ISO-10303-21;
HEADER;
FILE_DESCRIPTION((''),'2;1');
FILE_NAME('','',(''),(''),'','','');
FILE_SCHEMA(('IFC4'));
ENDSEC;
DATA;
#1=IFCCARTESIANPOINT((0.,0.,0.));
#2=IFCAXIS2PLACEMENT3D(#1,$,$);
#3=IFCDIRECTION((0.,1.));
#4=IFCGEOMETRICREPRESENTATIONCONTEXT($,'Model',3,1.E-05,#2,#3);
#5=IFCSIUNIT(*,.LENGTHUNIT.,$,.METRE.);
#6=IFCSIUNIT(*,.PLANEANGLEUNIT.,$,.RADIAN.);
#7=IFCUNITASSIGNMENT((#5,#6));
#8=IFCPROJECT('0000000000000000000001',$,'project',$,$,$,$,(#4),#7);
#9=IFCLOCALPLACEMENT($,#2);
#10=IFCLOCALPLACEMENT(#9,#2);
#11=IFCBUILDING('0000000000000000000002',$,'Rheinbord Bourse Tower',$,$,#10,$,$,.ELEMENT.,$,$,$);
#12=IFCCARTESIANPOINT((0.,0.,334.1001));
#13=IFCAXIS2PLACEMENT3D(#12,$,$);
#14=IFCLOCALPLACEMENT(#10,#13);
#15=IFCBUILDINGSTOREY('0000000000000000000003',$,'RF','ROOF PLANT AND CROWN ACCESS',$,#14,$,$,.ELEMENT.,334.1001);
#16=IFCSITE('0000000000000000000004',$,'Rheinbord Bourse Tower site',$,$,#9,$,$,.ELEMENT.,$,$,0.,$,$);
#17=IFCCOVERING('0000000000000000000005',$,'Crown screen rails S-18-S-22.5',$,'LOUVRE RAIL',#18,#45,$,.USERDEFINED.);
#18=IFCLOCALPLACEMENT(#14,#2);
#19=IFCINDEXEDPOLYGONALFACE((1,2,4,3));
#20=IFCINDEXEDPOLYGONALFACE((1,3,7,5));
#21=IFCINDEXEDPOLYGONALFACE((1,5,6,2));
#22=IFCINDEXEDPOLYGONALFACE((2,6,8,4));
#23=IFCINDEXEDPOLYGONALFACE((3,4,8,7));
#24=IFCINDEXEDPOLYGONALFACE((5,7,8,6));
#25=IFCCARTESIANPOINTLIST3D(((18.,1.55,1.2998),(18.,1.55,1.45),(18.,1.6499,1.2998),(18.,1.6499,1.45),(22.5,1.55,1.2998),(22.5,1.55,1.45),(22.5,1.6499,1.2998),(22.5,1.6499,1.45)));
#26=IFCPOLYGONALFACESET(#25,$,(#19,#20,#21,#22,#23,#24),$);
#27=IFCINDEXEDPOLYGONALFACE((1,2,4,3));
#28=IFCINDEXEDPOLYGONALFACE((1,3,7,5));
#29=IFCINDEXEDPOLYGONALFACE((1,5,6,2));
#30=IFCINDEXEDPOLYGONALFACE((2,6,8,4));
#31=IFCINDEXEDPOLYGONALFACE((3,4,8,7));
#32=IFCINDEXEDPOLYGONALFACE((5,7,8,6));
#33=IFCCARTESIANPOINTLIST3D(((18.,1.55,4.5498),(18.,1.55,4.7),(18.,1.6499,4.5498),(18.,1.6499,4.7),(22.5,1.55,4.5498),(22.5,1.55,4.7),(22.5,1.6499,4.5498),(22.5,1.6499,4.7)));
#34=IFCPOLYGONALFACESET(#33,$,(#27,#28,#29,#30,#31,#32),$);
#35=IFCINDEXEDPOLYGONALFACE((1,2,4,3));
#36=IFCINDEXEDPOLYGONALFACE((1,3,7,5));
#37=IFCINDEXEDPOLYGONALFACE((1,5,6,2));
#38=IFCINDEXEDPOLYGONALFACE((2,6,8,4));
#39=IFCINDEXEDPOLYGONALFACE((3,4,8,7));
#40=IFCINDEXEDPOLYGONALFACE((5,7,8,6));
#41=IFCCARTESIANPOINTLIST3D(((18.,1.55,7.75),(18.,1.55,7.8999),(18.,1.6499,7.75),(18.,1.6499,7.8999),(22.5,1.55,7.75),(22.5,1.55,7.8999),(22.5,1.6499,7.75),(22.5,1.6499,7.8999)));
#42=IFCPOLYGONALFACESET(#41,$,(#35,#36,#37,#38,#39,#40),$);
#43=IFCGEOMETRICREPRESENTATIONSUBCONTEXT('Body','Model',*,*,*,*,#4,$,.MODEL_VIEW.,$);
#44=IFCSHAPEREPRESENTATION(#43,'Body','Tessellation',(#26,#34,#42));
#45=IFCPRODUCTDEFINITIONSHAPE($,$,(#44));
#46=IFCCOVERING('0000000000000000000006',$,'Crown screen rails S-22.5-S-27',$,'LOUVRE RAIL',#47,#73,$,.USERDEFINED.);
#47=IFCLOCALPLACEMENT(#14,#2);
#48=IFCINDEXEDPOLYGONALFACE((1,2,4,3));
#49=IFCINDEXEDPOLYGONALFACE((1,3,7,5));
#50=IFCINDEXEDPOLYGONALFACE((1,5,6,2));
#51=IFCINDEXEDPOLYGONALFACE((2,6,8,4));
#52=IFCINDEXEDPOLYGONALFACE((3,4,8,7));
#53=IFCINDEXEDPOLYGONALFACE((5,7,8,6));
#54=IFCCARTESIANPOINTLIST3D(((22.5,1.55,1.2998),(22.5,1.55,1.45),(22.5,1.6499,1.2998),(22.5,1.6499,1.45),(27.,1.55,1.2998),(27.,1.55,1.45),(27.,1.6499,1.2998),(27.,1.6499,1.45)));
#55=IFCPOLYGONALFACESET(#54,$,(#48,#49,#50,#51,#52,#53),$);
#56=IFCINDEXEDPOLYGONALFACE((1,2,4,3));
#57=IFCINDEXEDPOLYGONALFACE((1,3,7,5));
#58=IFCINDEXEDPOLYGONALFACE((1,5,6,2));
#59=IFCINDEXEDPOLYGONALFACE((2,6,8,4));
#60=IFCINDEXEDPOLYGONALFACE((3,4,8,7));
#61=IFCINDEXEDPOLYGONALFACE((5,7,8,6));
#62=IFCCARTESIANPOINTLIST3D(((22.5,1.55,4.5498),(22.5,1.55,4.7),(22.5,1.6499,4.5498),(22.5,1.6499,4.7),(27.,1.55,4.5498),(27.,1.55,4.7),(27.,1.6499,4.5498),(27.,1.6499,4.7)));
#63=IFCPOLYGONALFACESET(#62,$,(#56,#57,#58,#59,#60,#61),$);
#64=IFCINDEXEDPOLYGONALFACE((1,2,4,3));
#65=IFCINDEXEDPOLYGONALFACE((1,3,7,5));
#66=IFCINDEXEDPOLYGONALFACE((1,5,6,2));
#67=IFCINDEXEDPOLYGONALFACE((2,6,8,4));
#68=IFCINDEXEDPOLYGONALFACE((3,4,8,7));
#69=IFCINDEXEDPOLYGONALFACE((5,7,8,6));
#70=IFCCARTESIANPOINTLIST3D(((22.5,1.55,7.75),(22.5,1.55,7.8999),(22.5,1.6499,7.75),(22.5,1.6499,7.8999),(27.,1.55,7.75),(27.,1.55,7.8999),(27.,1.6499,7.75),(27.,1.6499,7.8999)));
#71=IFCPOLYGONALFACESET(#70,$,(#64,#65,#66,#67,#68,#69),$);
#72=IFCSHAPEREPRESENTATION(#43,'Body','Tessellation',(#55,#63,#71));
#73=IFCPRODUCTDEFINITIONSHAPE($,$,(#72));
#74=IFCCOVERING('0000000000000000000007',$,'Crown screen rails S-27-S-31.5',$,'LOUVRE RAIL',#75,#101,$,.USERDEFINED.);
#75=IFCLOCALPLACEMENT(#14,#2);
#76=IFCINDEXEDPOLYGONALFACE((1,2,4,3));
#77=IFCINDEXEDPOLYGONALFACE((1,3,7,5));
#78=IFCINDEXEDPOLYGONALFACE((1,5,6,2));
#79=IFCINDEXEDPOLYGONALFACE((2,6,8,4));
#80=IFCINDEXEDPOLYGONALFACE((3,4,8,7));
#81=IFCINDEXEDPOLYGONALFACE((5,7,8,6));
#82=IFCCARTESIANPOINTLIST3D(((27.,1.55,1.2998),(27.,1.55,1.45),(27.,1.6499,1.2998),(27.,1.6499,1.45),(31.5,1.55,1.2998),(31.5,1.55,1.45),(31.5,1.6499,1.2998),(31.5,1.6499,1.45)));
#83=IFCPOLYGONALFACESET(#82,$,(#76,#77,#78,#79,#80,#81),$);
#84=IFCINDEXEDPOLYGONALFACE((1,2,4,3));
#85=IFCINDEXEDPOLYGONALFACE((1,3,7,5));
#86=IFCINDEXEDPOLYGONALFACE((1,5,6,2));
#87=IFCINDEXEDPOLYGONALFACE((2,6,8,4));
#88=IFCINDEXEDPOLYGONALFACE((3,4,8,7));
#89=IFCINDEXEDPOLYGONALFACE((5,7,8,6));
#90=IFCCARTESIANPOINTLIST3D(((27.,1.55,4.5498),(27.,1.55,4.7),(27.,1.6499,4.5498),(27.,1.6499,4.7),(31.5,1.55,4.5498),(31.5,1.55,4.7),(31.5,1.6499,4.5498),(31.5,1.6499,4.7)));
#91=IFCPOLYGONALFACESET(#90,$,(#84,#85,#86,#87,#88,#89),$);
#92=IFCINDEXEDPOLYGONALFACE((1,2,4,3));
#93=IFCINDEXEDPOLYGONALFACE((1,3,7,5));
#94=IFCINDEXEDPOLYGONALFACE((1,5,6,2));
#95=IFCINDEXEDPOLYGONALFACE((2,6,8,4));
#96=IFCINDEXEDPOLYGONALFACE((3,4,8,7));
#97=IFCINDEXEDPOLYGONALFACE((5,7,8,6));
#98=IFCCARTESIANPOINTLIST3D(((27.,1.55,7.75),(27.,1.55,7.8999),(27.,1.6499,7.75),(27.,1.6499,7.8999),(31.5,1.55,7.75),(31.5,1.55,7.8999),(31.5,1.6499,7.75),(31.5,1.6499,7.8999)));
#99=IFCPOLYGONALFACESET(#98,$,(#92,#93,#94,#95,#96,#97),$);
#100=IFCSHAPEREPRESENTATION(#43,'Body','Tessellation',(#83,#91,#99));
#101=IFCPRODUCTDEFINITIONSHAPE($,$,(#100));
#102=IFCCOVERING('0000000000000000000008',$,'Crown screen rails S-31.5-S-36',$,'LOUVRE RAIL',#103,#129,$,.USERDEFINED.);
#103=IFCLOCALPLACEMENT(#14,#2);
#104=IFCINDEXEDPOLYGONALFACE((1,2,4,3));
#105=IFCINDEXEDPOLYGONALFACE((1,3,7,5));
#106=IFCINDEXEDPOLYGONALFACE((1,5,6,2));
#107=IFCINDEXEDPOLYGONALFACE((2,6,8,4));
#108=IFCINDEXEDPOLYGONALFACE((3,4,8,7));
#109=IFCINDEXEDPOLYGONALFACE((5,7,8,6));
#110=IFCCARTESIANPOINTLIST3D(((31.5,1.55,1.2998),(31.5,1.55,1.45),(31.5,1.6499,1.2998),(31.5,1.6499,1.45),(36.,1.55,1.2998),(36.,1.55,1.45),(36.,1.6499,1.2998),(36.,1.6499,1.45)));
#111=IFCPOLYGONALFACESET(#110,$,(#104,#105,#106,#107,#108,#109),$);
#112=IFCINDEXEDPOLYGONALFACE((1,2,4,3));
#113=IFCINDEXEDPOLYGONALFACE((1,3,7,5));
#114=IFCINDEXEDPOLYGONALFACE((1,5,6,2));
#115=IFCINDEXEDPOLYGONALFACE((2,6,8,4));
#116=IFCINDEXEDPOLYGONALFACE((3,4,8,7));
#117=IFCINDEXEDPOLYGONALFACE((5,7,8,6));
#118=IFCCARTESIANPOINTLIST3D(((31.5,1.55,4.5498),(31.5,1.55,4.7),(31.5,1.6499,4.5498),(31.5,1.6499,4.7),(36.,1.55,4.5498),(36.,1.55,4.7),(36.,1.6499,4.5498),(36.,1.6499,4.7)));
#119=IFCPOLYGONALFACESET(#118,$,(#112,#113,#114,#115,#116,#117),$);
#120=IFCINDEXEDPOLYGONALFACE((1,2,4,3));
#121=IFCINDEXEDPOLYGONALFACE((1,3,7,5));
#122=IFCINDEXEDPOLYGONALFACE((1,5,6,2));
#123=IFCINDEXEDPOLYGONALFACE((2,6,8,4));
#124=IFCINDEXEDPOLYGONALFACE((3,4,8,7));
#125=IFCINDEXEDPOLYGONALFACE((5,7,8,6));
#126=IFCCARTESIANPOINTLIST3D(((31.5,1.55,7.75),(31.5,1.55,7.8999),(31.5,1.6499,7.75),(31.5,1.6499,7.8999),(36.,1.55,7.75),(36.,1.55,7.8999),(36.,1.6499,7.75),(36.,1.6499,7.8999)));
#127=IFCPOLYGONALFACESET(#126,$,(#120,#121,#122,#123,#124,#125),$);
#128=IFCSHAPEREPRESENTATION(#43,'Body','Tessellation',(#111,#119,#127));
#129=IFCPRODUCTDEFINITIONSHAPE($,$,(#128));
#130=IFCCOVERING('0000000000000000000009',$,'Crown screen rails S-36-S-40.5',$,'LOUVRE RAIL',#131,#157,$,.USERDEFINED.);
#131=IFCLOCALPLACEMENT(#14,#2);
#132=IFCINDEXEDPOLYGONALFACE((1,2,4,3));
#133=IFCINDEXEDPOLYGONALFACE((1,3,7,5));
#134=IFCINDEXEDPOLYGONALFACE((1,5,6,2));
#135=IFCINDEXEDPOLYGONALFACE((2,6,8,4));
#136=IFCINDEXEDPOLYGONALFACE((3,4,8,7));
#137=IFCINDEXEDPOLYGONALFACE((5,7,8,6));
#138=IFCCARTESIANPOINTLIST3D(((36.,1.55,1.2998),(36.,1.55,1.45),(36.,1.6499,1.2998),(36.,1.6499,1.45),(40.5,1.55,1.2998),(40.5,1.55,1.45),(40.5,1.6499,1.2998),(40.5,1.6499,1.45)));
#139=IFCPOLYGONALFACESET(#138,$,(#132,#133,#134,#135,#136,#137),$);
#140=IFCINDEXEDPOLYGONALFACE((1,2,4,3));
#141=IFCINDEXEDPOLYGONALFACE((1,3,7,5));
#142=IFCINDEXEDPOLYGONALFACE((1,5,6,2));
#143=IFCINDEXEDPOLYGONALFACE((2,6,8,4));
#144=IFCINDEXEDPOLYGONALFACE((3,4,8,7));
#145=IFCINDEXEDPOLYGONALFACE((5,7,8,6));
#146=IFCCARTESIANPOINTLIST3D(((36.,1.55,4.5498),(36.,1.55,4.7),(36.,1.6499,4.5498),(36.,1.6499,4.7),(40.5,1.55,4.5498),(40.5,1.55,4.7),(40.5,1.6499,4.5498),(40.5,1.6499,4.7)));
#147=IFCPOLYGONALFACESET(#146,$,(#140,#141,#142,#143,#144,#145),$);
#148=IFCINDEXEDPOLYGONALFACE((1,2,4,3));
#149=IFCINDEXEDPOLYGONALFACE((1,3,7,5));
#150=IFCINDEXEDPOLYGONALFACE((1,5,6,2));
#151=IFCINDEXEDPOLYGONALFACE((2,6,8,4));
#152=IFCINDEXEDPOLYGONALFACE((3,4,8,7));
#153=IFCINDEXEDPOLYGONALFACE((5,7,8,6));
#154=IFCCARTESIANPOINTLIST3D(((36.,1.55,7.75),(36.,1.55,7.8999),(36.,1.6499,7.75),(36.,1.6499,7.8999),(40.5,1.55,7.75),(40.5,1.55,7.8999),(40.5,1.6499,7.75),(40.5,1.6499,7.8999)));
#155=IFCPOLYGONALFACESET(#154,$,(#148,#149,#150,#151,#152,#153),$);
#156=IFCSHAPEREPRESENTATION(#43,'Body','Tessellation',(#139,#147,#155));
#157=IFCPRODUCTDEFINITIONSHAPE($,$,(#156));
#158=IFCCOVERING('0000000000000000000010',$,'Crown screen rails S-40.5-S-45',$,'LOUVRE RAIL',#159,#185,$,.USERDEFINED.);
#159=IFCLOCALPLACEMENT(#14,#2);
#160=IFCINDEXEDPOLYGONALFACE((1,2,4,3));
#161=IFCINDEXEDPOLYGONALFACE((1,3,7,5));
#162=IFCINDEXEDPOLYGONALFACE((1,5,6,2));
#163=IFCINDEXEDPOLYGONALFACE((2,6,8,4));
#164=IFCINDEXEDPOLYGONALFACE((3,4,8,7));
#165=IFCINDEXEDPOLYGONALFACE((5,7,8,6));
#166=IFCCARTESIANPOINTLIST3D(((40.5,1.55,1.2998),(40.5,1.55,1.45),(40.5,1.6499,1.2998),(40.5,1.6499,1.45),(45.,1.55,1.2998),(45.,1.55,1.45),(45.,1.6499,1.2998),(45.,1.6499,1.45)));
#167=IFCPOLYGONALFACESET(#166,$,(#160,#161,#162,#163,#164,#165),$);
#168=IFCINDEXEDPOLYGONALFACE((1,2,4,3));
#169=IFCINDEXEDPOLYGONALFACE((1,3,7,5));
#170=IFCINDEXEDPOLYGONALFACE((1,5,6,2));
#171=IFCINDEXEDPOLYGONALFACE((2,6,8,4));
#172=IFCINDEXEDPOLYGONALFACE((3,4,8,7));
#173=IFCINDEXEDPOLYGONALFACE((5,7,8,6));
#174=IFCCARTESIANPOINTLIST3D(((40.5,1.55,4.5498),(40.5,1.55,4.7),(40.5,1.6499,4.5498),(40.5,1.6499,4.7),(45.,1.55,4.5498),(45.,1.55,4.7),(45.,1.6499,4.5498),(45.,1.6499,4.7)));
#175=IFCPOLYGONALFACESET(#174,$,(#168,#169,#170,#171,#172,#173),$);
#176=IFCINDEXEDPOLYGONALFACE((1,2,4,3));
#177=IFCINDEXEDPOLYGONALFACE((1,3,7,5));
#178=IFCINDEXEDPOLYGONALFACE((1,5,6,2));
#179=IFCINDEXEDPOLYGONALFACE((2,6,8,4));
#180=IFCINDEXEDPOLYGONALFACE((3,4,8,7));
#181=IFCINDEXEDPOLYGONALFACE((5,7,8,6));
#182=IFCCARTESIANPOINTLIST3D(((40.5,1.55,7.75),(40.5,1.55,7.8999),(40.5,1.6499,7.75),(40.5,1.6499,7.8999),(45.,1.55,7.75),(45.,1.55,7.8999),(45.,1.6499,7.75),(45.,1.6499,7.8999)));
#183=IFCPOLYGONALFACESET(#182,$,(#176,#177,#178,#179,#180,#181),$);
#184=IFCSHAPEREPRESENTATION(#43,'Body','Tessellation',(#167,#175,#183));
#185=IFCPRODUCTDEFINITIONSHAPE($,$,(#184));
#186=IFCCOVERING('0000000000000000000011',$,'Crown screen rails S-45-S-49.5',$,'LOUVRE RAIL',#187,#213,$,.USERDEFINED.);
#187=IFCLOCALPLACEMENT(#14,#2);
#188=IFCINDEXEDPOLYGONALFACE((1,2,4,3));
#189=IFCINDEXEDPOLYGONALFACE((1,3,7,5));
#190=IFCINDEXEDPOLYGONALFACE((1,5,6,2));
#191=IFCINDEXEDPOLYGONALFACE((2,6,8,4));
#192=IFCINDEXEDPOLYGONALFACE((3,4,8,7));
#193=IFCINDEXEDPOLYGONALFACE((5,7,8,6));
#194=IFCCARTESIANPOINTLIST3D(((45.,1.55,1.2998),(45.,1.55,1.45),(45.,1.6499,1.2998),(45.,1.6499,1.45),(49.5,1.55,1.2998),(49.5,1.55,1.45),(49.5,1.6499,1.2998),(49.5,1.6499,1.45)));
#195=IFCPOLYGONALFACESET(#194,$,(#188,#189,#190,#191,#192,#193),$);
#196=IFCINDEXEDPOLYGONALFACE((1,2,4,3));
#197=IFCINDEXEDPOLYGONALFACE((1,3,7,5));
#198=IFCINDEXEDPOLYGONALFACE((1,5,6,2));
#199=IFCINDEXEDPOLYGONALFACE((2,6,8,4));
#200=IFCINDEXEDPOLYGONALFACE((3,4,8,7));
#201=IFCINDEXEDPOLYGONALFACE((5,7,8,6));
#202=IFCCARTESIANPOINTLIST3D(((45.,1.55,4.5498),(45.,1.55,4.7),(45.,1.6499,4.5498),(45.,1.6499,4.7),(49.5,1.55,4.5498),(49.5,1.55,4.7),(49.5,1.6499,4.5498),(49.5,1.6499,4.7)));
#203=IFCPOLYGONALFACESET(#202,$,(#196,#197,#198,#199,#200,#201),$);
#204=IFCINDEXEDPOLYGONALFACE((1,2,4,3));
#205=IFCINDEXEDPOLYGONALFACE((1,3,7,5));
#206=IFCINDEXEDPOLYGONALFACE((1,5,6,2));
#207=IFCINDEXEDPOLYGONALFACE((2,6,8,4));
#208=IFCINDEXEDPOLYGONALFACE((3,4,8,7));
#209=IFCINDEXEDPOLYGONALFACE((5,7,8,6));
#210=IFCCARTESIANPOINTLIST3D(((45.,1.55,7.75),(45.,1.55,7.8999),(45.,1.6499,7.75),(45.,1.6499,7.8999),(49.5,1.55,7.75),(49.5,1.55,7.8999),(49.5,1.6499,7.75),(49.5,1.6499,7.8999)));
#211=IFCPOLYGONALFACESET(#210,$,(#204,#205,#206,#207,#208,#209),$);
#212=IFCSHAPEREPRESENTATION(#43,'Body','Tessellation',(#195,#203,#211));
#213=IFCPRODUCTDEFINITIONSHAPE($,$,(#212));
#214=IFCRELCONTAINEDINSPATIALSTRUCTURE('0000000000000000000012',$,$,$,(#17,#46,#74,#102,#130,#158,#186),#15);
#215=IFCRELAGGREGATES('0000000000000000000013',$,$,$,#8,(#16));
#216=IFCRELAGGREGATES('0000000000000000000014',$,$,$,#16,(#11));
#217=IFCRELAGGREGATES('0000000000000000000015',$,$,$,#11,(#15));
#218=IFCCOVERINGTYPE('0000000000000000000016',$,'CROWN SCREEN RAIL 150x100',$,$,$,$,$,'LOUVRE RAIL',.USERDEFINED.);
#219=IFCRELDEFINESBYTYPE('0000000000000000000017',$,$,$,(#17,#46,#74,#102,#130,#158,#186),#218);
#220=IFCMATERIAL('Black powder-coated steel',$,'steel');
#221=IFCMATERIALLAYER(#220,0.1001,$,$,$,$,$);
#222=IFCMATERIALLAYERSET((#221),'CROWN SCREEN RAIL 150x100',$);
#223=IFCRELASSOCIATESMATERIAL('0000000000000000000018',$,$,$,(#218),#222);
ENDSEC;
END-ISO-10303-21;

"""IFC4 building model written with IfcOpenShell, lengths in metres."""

from ifc_helpers import new_model, si_unit, direction, frame, origin, place, context, subcontext, project, spatial, polyline, outline, extrude, material, layer, layer_set, type_object, element, save


model = new_model("IFC4")

# Units and contexts
model_context = context("Model", 3, precision=1e-05, world=origin(), true_north=direction((0.0, 1.0)))
body_context = subcontext(model_context, "Body", "Model", "MODEL_VIEW")
ifc_project = project(units=[si_unit("LENGTHUNIT", "METRE"), si_unit("PLANEANGLEUNIT", "RADIAN")], contexts=[model_context])

# Site, building, storey
site_placement = place(None, origin())
site = spatial("IfcSite", under=ifc_project, at=site_placement, Name="Rheinbord Bourse Tower site", CompositionType="ELEMENT", RefElevation=0.0)
building_placement = place(site_placement, origin())
building = spatial("IfcBuilding", under=site, at=building_placement, Name="Rheinbord Bourse Tower", CompositionType="ELEMENT")
storey_placement = place(building_placement, frame((0.0, 0.0, 334.1001)))
storey = spatial("IfcBuildingStorey", under=building, at=storey_placement, Name="RF", Description="ROOF PLANT AND CROWN ACCESS", CompositionType="ELEMENT", Elevation=334.1001)

# Coverings
ifc_material_1 = material(Name="Black powder-coated steel", Category="steel")
ifc_layer_1 = layer(ifc_material_1, 0.1001)
ifc_layer_set_1 = layer_set([ifc_layer_1], Name="CROWN SCREEN RAIL 150x100")
covering_type_1 = type_object("IfcCoveringType", Name="CROWN SCREEN RAIL 150x100", ElementType="LOUVRE RAIL", PredefinedType="USERDEFINED", material=ifc_layer_set_1)
covering_1_placement = place(storey_placement, frame((0.0, 0.0, 1.2998)))
element("IfcCovering", 1, at=covering_1_placement, inside=storey, type_object=covering_type_1, Name="Crown screen rails S-18-S-22.5", ObjectType="LOUVRE RAIL", PredefinedType="USERDEFINED", context=body_context, shape_type="SweptSolid", body=[
    extrude(outline(polyline([(18.0, 1.6499), (22.5, 1.6499), (22.5, 1.55), (18.0, 1.55), (18.0, 1.6499)])), origin(), (0.0, 0.0, 1.0), 0.1501),
    extrude(outline(polyline([(18.0, 1.6499), (22.5, 1.6499), (22.5, 1.55), (18.0, 1.55), (18.0, 1.6499)])), frame((0.0, 0.0, 3.25)), (0.0, 0.0, 1.0), 0.1501),
    extrude(outline(polyline([(18.0, 1.6499), (22.5, 1.6499), (22.5, 1.55), (18.0, 1.55), (18.0, 1.6499)])), frame((0.0, 0.0, 6.4502)), (0.0, 0.0, 1.0), 0.1499),
])
covering_2_placement = place(storey_placement, frame((0.0, 0.0, 1.2998)))
element("IfcCovering", 2, at=covering_2_placement, inside=storey, type_object=covering_type_1, Name="Crown screen rails S-22.5-S-27", ObjectType="LOUVRE RAIL", PredefinedType="USERDEFINED", context=body_context, shape_type="SweptSolid", body=[
    extrude(outline(polyline([(22.5, 1.6499), (27.0, 1.6499), (27.0, 1.55), (22.5, 1.55), (22.5, 1.6499)])), origin(), (0.0, 0.0, 1.0), 0.1501),
    extrude(outline(polyline([(22.5, 1.6499), (27.0, 1.6499), (27.0, 1.55), (22.5, 1.55), (22.5, 1.6499)])), frame((0.0, 0.0, 3.25)), (0.0, 0.0, 1.0), 0.1501),
    extrude(outline(polyline([(22.5, 1.6499), (27.0, 1.6499), (27.0, 1.55), (22.5, 1.55), (22.5, 1.6499)])), frame((0.0, 0.0, 6.4502)), (0.0, 0.0, 1.0), 0.1499),
])
covering_3_placement = place(storey_placement, frame((0.0, 0.0, 1.2998)))
element("IfcCovering", 3, at=covering_3_placement, inside=storey, type_object=covering_type_1, Name="Crown screen rails S-27-S-31.5", ObjectType="LOUVRE RAIL", PredefinedType="USERDEFINED", context=body_context, shape_type="SweptSolid", body=[
    extrude(outline(polyline([(27.0, 1.6499), (31.5, 1.6499), (31.5, 1.55), (27.0, 1.55), (27.0, 1.6499)])), origin(), (0.0, 0.0, 1.0), 0.1501),
    extrude(outline(polyline([(27.0, 1.6499), (31.5, 1.6499), (31.5, 1.55), (27.0, 1.55), (27.0, 1.6499)])), frame((0.0, 0.0, 3.25)), (0.0, 0.0, 1.0), 0.1501),
    extrude(outline(polyline([(27.0, 1.6499), (31.5, 1.6499), (31.5, 1.55), (27.0, 1.55), (27.0, 1.6499)])), frame((0.0, 0.0, 6.4502)), (0.0, 0.0, 1.0), 0.1499),
])
covering_4_placement = place(storey_placement, frame((0.0, 0.0, 1.2998)))
element("IfcCovering", 4, at=covering_4_placement, inside=storey, type_object=covering_type_1, Name="Crown screen rails S-31.5-S-36", ObjectType="LOUVRE RAIL", PredefinedType="USERDEFINED", context=body_context, shape_type="SweptSolid", body=[
    extrude(outline(polyline([(31.5, 1.6499), (36.0, 1.6499), (36.0, 1.55), (31.5, 1.55), (31.5, 1.6499)])), origin(), (0.0, 0.0, 1.0), 0.1501),
    extrude(outline(polyline([(31.5, 1.6499), (36.0, 1.6499), (36.0, 1.55), (31.5, 1.55), (31.5, 1.6499)])), frame((0.0, 0.0, 3.25)), (0.0, 0.0, 1.0), 0.1501),
    extrude(outline(polyline([(31.5, 1.6499), (36.0, 1.6499), (36.0, 1.55), (31.5, 1.55), (31.5, 1.6499)])), frame((0.0, 0.0, 6.4502)), (0.0, 0.0, 1.0), 0.1499),
])
covering_5_placement = place(storey_placement, frame((0.0, 0.0, 1.2998)))
element("IfcCovering", 5, at=covering_5_placement, inside=storey, type_object=covering_type_1, Name="Crown screen rails S-36-S-40.5", ObjectType="LOUVRE RAIL", PredefinedType="USERDEFINED", context=body_context, shape_type="SweptSolid", body=[
    extrude(outline(polyline([(36.0, 1.6499), (40.5, 1.6499), (40.5, 1.55), (36.0, 1.55), (36.0, 1.6499)])), origin(), (0.0, 0.0, 1.0), 0.1501),
    extrude(outline(polyline([(36.0, 1.6499), (40.5, 1.6499), (40.5, 1.55), (36.0, 1.55), (36.0, 1.6499)])), frame((0.0, 0.0, 3.25)), (0.0, 0.0, 1.0), 0.1501),
    extrude(outline(polyline([(36.0, 1.6499), (40.5, 1.6499), (40.5, 1.55), (36.0, 1.55), (36.0, 1.6499)])), frame((0.0, 0.0, 6.4502)), (0.0, 0.0, 1.0), 0.1499),
])
covering_6_placement = place(storey_placement, frame((0.0, 0.0, 1.2998)))
element("IfcCovering", 6, at=covering_6_placement, inside=storey, type_object=covering_type_1, Name="Crown screen rails S-40.5-S-45", ObjectType="LOUVRE RAIL", PredefinedType="USERDEFINED", context=body_context, shape_type="SweptSolid", body=[
    extrude(outline(polyline([(40.5, 1.6499), (45.0, 1.6499), (45.0, 1.55), (40.5, 1.55), (40.5, 1.6499)])), origin(), (0.0, 0.0, 1.0), 0.1501),
    extrude(outline(polyline([(40.5, 1.6499), (45.0, 1.6499), (45.0, 1.55), (40.5, 1.55), (40.5, 1.6499)])), frame((0.0, 0.0, 3.25)), (0.0, 0.0, 1.0), 0.1501),
    extrude(outline(polyline([(40.5, 1.6499), (45.0, 1.6499), (45.0, 1.55), (40.5, 1.55), (40.5, 1.6499)])), frame((0.0, 0.0, 6.4502)), (0.0, 0.0, 1.0), 0.1499),
])
covering_7_placement = place(storey_placement, frame((0.0, 0.0, 1.2998)))
element("IfcCovering", 7, at=covering_7_placement, inside=storey, type_object=covering_type_1, Name="Crown screen rails S-45-S-49.5", ObjectType="LOUVRE RAIL", PredefinedType="USERDEFINED", context=body_context, shape_type="SweptSolid", body=[
    extrude(outline(polyline([(45.0, 1.6499), (49.5, 1.6499), (49.5, 1.55), (45.0, 1.55), (45.0, 1.6499)])), origin(), (0.0, 0.0, 1.0), 0.1501),
    extrude(outline(polyline([(45.0, 1.6499), (49.5, 1.6499), (49.5, 1.55), (45.0, 1.55), (45.0, 1.6499)])), frame((0.0, 0.0, 3.25)), (0.0, 0.0, 1.0), 0.1501),
    extrude(outline(polyline([(45.0, 1.6499), (49.5, 1.6499), (49.5, 1.55), (45.0, 1.55), (45.0, 1.6499)])), frame((0.0, 0.0, 6.4502)), (0.0, 0.0, 1.0), 0.1499),
])

save(model, "model.ifc")
